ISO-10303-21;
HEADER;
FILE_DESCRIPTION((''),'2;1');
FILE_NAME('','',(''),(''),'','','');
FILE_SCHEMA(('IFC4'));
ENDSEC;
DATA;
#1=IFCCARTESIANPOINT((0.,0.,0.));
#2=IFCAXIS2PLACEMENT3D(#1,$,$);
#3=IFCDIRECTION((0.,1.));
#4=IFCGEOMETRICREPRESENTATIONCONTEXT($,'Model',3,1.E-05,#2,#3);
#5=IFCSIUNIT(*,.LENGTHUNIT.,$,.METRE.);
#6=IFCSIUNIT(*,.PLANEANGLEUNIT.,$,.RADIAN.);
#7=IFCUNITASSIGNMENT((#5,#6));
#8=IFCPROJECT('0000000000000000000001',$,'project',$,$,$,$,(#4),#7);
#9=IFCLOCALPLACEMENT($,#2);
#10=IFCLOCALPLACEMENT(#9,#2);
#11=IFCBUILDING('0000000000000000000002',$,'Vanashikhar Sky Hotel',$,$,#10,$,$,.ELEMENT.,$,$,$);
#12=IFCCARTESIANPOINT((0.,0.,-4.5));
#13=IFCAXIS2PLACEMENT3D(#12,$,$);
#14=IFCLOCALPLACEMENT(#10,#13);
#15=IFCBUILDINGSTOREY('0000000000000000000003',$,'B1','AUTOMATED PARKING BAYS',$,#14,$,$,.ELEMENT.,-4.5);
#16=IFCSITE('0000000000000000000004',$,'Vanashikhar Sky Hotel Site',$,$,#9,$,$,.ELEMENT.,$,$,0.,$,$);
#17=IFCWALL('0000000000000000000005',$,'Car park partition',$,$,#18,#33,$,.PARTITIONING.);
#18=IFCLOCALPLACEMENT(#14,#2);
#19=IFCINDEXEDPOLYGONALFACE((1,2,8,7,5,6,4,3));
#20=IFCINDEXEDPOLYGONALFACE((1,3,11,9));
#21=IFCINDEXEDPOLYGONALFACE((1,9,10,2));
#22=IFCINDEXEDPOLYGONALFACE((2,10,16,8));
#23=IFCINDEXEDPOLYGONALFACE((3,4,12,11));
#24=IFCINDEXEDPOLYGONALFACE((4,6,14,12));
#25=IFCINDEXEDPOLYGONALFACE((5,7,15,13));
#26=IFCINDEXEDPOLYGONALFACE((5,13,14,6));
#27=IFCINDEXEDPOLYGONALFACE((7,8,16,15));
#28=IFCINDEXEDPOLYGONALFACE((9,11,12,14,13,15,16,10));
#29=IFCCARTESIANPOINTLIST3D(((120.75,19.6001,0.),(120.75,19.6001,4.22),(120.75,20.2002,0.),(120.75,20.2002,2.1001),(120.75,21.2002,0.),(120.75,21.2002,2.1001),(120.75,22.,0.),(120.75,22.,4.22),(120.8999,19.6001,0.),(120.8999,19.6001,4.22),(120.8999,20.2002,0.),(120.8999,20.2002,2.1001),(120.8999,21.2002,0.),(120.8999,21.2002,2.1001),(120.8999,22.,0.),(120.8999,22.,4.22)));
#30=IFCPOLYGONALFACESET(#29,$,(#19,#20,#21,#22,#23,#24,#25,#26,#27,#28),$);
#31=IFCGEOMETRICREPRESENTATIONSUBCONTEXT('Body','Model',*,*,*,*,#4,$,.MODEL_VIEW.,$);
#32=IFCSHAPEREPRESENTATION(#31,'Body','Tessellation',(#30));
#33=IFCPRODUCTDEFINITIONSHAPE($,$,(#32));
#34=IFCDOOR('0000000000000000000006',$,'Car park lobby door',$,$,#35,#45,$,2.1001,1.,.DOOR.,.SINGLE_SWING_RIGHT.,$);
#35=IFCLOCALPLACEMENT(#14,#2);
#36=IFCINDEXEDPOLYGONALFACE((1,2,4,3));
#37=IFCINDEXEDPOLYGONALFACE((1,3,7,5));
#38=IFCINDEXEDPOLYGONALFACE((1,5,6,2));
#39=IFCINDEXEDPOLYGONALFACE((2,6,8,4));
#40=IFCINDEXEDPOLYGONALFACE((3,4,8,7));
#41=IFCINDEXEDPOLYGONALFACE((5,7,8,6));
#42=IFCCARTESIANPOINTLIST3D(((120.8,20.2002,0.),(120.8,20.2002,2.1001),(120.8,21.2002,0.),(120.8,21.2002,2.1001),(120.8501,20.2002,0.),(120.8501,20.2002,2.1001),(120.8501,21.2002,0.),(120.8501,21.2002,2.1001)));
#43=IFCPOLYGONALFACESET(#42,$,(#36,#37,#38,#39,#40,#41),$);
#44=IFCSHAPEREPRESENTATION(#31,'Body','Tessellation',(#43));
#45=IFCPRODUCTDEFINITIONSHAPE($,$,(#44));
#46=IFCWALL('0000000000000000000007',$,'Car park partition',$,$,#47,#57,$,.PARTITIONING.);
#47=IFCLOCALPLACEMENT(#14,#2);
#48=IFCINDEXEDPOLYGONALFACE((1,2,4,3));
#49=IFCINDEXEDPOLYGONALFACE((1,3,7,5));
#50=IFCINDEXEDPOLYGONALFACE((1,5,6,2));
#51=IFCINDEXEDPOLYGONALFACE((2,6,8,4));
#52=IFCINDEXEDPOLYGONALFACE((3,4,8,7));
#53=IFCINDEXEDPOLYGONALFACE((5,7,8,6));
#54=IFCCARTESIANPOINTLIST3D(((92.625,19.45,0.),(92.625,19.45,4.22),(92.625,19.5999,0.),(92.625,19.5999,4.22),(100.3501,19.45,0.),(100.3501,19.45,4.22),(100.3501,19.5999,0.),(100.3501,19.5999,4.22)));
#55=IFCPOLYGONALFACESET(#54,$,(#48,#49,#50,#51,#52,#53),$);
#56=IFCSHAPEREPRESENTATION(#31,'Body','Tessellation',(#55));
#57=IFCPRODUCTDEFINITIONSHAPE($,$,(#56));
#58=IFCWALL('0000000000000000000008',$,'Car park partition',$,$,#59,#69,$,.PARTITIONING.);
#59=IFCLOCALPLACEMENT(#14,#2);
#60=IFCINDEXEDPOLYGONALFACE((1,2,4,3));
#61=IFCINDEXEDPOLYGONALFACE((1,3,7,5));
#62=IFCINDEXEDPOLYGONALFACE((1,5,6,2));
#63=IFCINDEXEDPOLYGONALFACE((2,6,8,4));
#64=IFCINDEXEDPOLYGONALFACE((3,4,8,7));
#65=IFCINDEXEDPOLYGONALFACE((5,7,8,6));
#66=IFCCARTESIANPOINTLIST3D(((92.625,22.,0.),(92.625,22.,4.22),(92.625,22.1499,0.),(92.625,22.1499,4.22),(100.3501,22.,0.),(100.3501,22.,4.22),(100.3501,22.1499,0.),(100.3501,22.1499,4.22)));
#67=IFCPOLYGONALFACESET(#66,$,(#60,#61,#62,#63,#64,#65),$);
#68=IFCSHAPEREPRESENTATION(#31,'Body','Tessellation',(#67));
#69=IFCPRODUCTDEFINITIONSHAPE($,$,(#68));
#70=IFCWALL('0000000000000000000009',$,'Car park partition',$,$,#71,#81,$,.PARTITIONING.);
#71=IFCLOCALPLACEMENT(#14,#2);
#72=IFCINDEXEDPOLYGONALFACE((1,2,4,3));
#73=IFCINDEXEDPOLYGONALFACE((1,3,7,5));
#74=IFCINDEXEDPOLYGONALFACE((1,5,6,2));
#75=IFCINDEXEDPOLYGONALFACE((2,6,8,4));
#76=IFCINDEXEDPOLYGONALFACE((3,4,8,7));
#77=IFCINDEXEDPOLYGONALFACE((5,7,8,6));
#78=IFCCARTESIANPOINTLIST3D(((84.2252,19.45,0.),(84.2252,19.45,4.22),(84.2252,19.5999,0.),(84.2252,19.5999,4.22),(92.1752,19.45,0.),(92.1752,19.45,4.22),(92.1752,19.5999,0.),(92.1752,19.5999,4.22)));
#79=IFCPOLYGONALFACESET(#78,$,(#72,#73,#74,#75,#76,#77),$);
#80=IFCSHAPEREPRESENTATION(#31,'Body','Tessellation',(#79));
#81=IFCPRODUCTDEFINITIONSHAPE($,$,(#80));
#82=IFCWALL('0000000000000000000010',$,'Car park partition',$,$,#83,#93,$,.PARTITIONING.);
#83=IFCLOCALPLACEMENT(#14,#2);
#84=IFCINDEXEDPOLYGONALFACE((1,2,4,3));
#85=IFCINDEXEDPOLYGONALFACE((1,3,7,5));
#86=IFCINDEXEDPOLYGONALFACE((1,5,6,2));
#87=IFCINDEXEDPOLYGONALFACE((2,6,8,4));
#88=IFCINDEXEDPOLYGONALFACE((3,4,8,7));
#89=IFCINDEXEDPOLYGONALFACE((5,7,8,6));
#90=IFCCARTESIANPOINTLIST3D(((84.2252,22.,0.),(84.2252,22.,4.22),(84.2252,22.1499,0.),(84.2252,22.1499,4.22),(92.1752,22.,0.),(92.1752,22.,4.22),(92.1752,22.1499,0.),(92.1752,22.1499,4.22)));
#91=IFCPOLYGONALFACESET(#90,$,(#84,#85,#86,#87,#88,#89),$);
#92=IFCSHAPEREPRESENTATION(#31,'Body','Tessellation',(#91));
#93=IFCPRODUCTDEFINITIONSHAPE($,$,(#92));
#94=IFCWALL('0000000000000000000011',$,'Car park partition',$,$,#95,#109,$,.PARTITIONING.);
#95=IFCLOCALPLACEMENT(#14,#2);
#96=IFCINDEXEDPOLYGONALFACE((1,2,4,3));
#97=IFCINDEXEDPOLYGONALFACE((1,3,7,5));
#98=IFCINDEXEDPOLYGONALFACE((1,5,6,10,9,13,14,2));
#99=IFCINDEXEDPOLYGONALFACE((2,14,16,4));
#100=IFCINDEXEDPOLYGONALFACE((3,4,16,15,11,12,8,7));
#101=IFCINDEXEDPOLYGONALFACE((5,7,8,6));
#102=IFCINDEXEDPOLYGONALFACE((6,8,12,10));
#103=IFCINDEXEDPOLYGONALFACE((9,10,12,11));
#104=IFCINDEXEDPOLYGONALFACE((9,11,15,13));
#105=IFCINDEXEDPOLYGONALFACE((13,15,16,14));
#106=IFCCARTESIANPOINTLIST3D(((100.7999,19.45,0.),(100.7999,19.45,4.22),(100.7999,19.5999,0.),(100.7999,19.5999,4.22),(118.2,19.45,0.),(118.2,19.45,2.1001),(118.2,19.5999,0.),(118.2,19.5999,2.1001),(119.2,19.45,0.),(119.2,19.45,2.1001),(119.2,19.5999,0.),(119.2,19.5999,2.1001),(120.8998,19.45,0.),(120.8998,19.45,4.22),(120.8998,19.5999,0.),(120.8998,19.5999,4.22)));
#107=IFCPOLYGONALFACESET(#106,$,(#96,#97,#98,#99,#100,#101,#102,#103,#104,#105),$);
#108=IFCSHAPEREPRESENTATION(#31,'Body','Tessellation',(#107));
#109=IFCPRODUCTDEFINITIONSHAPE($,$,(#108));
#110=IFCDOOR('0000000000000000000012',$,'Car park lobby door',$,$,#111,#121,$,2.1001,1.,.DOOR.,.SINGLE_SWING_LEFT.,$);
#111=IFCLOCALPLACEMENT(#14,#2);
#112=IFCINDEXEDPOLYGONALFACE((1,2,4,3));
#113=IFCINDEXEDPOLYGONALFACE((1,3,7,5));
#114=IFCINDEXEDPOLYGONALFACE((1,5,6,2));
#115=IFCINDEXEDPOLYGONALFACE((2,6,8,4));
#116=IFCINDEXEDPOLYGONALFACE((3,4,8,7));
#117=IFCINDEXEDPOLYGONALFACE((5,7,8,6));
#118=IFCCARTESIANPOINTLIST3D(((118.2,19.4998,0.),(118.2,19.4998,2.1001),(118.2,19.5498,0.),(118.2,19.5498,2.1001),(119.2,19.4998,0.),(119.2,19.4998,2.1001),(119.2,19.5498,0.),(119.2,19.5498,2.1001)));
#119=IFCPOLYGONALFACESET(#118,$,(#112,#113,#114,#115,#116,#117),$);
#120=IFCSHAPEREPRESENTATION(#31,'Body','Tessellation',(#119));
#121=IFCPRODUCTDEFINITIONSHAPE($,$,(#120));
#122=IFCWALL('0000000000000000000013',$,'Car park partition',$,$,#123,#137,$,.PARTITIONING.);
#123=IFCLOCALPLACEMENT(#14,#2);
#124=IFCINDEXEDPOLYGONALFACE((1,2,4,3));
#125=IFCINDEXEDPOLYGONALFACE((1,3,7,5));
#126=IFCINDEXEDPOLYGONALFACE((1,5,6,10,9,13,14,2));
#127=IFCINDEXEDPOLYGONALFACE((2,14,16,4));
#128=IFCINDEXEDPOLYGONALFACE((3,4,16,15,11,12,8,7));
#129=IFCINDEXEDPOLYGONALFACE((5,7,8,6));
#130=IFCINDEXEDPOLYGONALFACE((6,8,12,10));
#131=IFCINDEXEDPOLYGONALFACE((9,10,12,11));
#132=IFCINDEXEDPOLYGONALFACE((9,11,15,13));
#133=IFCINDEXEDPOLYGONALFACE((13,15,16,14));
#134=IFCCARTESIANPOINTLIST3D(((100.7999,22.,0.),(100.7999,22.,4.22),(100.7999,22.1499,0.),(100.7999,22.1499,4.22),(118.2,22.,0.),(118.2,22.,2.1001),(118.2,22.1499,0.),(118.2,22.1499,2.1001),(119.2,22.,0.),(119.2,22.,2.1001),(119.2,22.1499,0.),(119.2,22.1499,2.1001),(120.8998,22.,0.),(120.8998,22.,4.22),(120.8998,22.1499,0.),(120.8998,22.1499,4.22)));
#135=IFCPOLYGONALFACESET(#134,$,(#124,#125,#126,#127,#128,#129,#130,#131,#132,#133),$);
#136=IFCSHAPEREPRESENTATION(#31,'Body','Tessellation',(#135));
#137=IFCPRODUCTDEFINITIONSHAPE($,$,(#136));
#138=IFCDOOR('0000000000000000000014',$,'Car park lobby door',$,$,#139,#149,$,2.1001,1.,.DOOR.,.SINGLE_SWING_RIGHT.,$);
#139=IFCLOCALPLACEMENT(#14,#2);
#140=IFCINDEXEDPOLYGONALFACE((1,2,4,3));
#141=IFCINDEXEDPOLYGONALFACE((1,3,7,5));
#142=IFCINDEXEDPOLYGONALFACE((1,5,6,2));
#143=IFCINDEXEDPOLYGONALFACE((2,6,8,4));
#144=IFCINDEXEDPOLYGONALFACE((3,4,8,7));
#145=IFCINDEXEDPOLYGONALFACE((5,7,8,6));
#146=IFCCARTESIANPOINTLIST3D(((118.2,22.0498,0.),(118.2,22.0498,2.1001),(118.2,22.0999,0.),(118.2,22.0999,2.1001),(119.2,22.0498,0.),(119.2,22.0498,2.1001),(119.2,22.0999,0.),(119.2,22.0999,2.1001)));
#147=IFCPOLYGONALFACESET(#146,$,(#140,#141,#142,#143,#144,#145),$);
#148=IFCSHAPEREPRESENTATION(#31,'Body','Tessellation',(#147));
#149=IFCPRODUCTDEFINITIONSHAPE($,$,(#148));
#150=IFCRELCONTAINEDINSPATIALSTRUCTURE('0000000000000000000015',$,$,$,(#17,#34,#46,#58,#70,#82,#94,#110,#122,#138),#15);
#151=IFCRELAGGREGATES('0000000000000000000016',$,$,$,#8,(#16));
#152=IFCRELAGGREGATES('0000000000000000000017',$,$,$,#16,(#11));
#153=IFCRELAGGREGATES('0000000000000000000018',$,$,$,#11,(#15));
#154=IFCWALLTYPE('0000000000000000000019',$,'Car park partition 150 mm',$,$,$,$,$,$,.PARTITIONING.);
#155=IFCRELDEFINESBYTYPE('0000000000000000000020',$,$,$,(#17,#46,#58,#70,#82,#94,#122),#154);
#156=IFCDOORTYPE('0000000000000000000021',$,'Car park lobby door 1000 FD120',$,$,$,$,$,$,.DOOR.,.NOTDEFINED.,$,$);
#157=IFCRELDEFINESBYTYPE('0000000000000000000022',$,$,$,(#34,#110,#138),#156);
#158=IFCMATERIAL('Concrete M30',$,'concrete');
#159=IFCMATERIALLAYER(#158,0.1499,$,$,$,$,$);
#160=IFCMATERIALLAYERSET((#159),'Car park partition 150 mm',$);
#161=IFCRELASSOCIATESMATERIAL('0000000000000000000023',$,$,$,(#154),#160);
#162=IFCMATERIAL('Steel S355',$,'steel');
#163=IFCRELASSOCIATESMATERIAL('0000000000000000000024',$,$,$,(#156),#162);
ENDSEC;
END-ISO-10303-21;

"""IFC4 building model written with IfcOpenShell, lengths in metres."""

from ifc_helpers import new_model, si_unit, direction, frame, frame_2d, origin, place, context, subcontext, project, spatial, rectangle, extrude, source, transform, mapped, material, layer, layer_set, type_object, element, fill, save


model = new_model("IFC4")

# Units and contexts
model_context = context("Model", 3, precision=1e-05, world=origin(), true_north=direction((0.0, 1.0)))
body_context = subcontext(model_context, "Body", "Model", "MODEL_VIEW")
ifc_project = project(units=[si_unit("LENGTHUNIT", "METRE"), si_unit("PLANEANGLEUNIT", "RADIAN")], contexts=[model_context])

# Site, building, storey
site_placement = place(None, origin())
site = spatial("IfcSite", under=ifc_project, at=site_placement, Name="Vanashikhar Sky Hotel Site", CompositionType="ELEMENT", RefElevation=0.0)
building_placement = place(site_placement, origin())
building = spatial("IfcBuilding", under=site, at=building_placement, Name="Vanashikhar Sky Hotel", CompositionType="ELEMENT")
storey_placement = place(building_placement, frame((0.0, 0.0, -4.5)))
storey = spatial("IfcBuildingStorey", under=building, at=storey_placement, Name="B1", Description="AUTOMATED PARKING BAYS", CompositionType="ELEMENT", Elevation=-4.5)

# Wall, opening, door
ifc_material_1 = material(Name="Concrete M30", Category="concrete")
ifc_layer_1 = layer(ifc_material_1, 0.1499)
ifc_layer_set_1 = layer_set([ifc_layer_1], Name="Car park partition 150 mm")
wall_type_1 = type_object("IfcWallType", Name="Car park partition 150 mm", PredefinedType="PARTITIONING", material=ifc_layer_set_1)
shared_shape_1 = source(origin(), body_context, "Body", "SweptSolid", [
    extrude(rectangle(XDim=2.3999, YDim=0.1499, at=frame_2d((1.2, 0.0))), origin(), (0.0, 0.0, 1.0), 4.22),
])
wall_1_placement = place(storey_placement, frame((120.825, 19.6001, 0.0), z_axis=(0.0, 0.0, 1.0), x_axis=(0.0, 1.0, 0.0)))
wall_1 = element("IfcWall", 1, at=wall_1_placement, inside=storey, type_object=wall_type_1, Name="Car park partition", PredefinedType="PARTITIONING", context=body_context, shape_type="MappedRepresentation", body=[
    mapped(shared_shape_1, transform((0.0, 0.0, 0.0), scale=1.0)),
])
shared_shape_2 = source(origin(), body_context, "Body", "SweptSolid", [
    extrude(rectangle(XDim=1.0, YDim=2.1001, at=frame_2d((0.5, 1.05))), frame((0.0, 0.085, 0.0), z_axis=(0.0, -1.0, 0.0), x_axis=(1.0, 0.0, 0.0)), (0.0, 0.0, 1.0), 0.1699),
])
opening_1_placement = place(wall_1_placement, frame((0.6001, 0.0, 0.0)))
opening_1 = element("IfcOpeningElement", 2, at=opening_1_placement, cuts=wall_1, PredefinedType="OPENING", context=body_context, shape_type="MappedRepresentation", body=[
    mapped(shared_shape_2, transform((0.0, 0.0, 0.0), scale=1.0)),
])
ifc_material_2 = material(Name="Steel S355", Category="steel")
door_type = type_object("IfcDoorType", Name="Car park lobby door 1000 FD120", OperationType="NOTDEFINED", PredefinedType="DOOR", material=ifc_material_2)
shared_shape_3 = source(origin(), body_context, "Body", "SweptSolid", [
    extrude(rectangle(XDim=1.0, YDim=2.1001, at=frame_2d((0.5, 1.05))), frame((0.0, 0.0249, 0.0), z_axis=(0.0, -1.0, 0.0), x_axis=(1.0, 0.0, 0.0)), (0.0, 0.0, 1.0), 0.05),
])
door_1_placement = place(opening_1_placement, origin())
door_1 = element("IfcDoor", 3, at=door_1_placement, inside=storey, type_object=door_type, Name="Car park lobby door", OperationType="SINGLE_SWING_RIGHT", OverallHeight=2.1001, OverallWidth=1.0, PredefinedType="DOOR", context=body_context, shape_type="MappedRepresentation", body=[
    mapped(shared_shape_3, transform((0.0, 0.0, 0.0), scale=1.0)),
])
fill(opening_1, door_1)

# Walls
shared_shape_4 = source(origin(), body_context, "Body", "SweptSolid", [
    extrude(rectangle(XDim=7.7251, YDim=0.1499, at=frame_2d((3.8625, 0.0))), origin(), (0.0, 0.0, 1.0), 4.22),
])
for number, where, z_axis, x_axis, name in (
    (4, (92.625, 19.5249, 0.0), (0.0, 0.0, 1.0), (1.0, 0.0, 0.0), "Car park partition"),
    (5, (92.625, 22.075, 0.0), (0.0, 0.0, 1.0), (1.0, 0.0, 0.0), "Car park partition"),
):
    element("IfcWall", number, at=place(storey_placement, frame(where, z_axis=z_axis, x_axis=x_axis)), inside=storey, type_object=wall_type_1, Name=name, PredefinedType="PARTITIONING", context=body_context, shape_type="MappedRepresentation", body=[
        mapped(shared_shape_4, transform((0.0, 0.0, 0.0), scale=1.0)),
    ])
shared_shape_5 = source(origin(), body_context, "Body", "SweptSolid", [
    extrude(rectangle(XDim=7.95, YDim=0.1499, at=frame_2d((3.9751, 0.0))), origin(), (0.0, 0.0, 1.0), 4.22),
])
for number, where, z_axis, x_axis, name in (
    (6, (84.2251, 19.5249, 0.0), (0.0, 0.0, 1.0), (1.0, 0.0, 0.0), "Car park partition"),
    (7, (84.2251, 22.075, 0.0), (0.0, 0.0, 1.0), (1.0, 0.0, 0.0), "Car park partition"),
):
    element("IfcWall", number, at=place(storey_placement, frame(where, z_axis=z_axis, x_axis=x_axis)), inside=storey, type_object=wall_type_1, Name=name, PredefinedType="PARTITIONING", context=body_context, shape_type="MappedRepresentation", body=[
        mapped(shared_shape_5, transform((0.0, 0.0, 0.0), scale=1.0)),
    ])

# Walls, openings, doors
shared_shape_6 = source(origin(), body_context, "Body", "SweptSolid", [
    extrude(rectangle(XDim=20.0999, YDim=0.1499, at=frame_2d((10.0498, 0.0))), origin(), (0.0, 0.0, 1.0), 4.22),
])
wall_2_placement = place(storey_placement, frame((100.8, 19.5249, 0.0), z_axis=(0.0, 0.0, 1.0), x_axis=(1.0, 0.0, 0.0)))
wall_2 = element("IfcWall", 8, at=wall_2_placement, inside=storey, type_object=wall_type_1, Name="Car park partition", PredefinedType="PARTITIONING", context=body_context, shape_type="MappedRepresentation", body=[
    mapped(shared_shape_6, transform((0.0, 0.0, 0.0), scale=1.0)),
])
opening_2_placement = place(wall_2_placement, frame((17.3999, 0.0, 0.0)))
opening_2 = element("IfcOpeningElement", 9, at=opening_2_placement, cuts=wall_2, PredefinedType="OPENING", context=body_context, shape_type="MappedRepresentation", body=[
    mapped(shared_shape_2, transform((0.0, 0.0, 0.0), scale=1.0)),
])
door_2_placement = place(opening_2_placement, origin())
door_2 = element("IfcDoor", 10, at=door_2_placement, inside=storey, type_object=door_type, Name="Car park lobby door", OperationType="SINGLE_SWING_LEFT", OverallHeight=2.1001, OverallWidth=1.0, PredefinedType="DOOR", context=body_context, shape_type="MappedRepresentation", body=[
    mapped(shared_shape_3, transform((0.0, 0.0, 0.0), scale=1.0)),
])
fill(opening_2, door_2)
wall_3_placement = place(storey_placement, frame((100.8, 22.075, 0.0), z_axis=(0.0, 0.0, 1.0), x_axis=(1.0, 0.0, 0.0)))
wall_3 = element("IfcWall", 11, at=wall_3_placement, inside=storey, type_object=wall_type_1, Name="Car park partition", PredefinedType="PARTITIONING", context=body_context, shape_type="MappedRepresentation", body=[
    mapped(shared_shape_6, transform((0.0, 0.0, 0.0), scale=1.0)),
])
opening_3_placement = place(wall_3_placement, frame((17.3999, 0.0, 0.0)))
opening_3 = element("IfcOpeningElement", 12, at=opening_3_placement, cuts=wall_3, PredefinedType="OPENING", context=body_context, shape_type="MappedRepresentation", body=[
    mapped(shared_shape_2, transform((0.0, 0.0, 0.0), scale=1.0)),
])
door_3_placement = place(opening_3_placement, origin())
door_3 = element("IfcDoor", 13, at=door_3_placement, inside=storey, type_object=door_type, Name="Car park lobby door", OperationType="SINGLE_SWING_RIGHT", OverallHeight=2.1001, OverallWidth=1.0, PredefinedType="DOOR", context=body_context, shape_type="MappedRepresentation", body=[
    mapped(shared_shape_3, transform((0.0, 0.0, 0.0), scale=1.0)),
])
fill(opening_3, door_3)

save(model, "model.ifc")
